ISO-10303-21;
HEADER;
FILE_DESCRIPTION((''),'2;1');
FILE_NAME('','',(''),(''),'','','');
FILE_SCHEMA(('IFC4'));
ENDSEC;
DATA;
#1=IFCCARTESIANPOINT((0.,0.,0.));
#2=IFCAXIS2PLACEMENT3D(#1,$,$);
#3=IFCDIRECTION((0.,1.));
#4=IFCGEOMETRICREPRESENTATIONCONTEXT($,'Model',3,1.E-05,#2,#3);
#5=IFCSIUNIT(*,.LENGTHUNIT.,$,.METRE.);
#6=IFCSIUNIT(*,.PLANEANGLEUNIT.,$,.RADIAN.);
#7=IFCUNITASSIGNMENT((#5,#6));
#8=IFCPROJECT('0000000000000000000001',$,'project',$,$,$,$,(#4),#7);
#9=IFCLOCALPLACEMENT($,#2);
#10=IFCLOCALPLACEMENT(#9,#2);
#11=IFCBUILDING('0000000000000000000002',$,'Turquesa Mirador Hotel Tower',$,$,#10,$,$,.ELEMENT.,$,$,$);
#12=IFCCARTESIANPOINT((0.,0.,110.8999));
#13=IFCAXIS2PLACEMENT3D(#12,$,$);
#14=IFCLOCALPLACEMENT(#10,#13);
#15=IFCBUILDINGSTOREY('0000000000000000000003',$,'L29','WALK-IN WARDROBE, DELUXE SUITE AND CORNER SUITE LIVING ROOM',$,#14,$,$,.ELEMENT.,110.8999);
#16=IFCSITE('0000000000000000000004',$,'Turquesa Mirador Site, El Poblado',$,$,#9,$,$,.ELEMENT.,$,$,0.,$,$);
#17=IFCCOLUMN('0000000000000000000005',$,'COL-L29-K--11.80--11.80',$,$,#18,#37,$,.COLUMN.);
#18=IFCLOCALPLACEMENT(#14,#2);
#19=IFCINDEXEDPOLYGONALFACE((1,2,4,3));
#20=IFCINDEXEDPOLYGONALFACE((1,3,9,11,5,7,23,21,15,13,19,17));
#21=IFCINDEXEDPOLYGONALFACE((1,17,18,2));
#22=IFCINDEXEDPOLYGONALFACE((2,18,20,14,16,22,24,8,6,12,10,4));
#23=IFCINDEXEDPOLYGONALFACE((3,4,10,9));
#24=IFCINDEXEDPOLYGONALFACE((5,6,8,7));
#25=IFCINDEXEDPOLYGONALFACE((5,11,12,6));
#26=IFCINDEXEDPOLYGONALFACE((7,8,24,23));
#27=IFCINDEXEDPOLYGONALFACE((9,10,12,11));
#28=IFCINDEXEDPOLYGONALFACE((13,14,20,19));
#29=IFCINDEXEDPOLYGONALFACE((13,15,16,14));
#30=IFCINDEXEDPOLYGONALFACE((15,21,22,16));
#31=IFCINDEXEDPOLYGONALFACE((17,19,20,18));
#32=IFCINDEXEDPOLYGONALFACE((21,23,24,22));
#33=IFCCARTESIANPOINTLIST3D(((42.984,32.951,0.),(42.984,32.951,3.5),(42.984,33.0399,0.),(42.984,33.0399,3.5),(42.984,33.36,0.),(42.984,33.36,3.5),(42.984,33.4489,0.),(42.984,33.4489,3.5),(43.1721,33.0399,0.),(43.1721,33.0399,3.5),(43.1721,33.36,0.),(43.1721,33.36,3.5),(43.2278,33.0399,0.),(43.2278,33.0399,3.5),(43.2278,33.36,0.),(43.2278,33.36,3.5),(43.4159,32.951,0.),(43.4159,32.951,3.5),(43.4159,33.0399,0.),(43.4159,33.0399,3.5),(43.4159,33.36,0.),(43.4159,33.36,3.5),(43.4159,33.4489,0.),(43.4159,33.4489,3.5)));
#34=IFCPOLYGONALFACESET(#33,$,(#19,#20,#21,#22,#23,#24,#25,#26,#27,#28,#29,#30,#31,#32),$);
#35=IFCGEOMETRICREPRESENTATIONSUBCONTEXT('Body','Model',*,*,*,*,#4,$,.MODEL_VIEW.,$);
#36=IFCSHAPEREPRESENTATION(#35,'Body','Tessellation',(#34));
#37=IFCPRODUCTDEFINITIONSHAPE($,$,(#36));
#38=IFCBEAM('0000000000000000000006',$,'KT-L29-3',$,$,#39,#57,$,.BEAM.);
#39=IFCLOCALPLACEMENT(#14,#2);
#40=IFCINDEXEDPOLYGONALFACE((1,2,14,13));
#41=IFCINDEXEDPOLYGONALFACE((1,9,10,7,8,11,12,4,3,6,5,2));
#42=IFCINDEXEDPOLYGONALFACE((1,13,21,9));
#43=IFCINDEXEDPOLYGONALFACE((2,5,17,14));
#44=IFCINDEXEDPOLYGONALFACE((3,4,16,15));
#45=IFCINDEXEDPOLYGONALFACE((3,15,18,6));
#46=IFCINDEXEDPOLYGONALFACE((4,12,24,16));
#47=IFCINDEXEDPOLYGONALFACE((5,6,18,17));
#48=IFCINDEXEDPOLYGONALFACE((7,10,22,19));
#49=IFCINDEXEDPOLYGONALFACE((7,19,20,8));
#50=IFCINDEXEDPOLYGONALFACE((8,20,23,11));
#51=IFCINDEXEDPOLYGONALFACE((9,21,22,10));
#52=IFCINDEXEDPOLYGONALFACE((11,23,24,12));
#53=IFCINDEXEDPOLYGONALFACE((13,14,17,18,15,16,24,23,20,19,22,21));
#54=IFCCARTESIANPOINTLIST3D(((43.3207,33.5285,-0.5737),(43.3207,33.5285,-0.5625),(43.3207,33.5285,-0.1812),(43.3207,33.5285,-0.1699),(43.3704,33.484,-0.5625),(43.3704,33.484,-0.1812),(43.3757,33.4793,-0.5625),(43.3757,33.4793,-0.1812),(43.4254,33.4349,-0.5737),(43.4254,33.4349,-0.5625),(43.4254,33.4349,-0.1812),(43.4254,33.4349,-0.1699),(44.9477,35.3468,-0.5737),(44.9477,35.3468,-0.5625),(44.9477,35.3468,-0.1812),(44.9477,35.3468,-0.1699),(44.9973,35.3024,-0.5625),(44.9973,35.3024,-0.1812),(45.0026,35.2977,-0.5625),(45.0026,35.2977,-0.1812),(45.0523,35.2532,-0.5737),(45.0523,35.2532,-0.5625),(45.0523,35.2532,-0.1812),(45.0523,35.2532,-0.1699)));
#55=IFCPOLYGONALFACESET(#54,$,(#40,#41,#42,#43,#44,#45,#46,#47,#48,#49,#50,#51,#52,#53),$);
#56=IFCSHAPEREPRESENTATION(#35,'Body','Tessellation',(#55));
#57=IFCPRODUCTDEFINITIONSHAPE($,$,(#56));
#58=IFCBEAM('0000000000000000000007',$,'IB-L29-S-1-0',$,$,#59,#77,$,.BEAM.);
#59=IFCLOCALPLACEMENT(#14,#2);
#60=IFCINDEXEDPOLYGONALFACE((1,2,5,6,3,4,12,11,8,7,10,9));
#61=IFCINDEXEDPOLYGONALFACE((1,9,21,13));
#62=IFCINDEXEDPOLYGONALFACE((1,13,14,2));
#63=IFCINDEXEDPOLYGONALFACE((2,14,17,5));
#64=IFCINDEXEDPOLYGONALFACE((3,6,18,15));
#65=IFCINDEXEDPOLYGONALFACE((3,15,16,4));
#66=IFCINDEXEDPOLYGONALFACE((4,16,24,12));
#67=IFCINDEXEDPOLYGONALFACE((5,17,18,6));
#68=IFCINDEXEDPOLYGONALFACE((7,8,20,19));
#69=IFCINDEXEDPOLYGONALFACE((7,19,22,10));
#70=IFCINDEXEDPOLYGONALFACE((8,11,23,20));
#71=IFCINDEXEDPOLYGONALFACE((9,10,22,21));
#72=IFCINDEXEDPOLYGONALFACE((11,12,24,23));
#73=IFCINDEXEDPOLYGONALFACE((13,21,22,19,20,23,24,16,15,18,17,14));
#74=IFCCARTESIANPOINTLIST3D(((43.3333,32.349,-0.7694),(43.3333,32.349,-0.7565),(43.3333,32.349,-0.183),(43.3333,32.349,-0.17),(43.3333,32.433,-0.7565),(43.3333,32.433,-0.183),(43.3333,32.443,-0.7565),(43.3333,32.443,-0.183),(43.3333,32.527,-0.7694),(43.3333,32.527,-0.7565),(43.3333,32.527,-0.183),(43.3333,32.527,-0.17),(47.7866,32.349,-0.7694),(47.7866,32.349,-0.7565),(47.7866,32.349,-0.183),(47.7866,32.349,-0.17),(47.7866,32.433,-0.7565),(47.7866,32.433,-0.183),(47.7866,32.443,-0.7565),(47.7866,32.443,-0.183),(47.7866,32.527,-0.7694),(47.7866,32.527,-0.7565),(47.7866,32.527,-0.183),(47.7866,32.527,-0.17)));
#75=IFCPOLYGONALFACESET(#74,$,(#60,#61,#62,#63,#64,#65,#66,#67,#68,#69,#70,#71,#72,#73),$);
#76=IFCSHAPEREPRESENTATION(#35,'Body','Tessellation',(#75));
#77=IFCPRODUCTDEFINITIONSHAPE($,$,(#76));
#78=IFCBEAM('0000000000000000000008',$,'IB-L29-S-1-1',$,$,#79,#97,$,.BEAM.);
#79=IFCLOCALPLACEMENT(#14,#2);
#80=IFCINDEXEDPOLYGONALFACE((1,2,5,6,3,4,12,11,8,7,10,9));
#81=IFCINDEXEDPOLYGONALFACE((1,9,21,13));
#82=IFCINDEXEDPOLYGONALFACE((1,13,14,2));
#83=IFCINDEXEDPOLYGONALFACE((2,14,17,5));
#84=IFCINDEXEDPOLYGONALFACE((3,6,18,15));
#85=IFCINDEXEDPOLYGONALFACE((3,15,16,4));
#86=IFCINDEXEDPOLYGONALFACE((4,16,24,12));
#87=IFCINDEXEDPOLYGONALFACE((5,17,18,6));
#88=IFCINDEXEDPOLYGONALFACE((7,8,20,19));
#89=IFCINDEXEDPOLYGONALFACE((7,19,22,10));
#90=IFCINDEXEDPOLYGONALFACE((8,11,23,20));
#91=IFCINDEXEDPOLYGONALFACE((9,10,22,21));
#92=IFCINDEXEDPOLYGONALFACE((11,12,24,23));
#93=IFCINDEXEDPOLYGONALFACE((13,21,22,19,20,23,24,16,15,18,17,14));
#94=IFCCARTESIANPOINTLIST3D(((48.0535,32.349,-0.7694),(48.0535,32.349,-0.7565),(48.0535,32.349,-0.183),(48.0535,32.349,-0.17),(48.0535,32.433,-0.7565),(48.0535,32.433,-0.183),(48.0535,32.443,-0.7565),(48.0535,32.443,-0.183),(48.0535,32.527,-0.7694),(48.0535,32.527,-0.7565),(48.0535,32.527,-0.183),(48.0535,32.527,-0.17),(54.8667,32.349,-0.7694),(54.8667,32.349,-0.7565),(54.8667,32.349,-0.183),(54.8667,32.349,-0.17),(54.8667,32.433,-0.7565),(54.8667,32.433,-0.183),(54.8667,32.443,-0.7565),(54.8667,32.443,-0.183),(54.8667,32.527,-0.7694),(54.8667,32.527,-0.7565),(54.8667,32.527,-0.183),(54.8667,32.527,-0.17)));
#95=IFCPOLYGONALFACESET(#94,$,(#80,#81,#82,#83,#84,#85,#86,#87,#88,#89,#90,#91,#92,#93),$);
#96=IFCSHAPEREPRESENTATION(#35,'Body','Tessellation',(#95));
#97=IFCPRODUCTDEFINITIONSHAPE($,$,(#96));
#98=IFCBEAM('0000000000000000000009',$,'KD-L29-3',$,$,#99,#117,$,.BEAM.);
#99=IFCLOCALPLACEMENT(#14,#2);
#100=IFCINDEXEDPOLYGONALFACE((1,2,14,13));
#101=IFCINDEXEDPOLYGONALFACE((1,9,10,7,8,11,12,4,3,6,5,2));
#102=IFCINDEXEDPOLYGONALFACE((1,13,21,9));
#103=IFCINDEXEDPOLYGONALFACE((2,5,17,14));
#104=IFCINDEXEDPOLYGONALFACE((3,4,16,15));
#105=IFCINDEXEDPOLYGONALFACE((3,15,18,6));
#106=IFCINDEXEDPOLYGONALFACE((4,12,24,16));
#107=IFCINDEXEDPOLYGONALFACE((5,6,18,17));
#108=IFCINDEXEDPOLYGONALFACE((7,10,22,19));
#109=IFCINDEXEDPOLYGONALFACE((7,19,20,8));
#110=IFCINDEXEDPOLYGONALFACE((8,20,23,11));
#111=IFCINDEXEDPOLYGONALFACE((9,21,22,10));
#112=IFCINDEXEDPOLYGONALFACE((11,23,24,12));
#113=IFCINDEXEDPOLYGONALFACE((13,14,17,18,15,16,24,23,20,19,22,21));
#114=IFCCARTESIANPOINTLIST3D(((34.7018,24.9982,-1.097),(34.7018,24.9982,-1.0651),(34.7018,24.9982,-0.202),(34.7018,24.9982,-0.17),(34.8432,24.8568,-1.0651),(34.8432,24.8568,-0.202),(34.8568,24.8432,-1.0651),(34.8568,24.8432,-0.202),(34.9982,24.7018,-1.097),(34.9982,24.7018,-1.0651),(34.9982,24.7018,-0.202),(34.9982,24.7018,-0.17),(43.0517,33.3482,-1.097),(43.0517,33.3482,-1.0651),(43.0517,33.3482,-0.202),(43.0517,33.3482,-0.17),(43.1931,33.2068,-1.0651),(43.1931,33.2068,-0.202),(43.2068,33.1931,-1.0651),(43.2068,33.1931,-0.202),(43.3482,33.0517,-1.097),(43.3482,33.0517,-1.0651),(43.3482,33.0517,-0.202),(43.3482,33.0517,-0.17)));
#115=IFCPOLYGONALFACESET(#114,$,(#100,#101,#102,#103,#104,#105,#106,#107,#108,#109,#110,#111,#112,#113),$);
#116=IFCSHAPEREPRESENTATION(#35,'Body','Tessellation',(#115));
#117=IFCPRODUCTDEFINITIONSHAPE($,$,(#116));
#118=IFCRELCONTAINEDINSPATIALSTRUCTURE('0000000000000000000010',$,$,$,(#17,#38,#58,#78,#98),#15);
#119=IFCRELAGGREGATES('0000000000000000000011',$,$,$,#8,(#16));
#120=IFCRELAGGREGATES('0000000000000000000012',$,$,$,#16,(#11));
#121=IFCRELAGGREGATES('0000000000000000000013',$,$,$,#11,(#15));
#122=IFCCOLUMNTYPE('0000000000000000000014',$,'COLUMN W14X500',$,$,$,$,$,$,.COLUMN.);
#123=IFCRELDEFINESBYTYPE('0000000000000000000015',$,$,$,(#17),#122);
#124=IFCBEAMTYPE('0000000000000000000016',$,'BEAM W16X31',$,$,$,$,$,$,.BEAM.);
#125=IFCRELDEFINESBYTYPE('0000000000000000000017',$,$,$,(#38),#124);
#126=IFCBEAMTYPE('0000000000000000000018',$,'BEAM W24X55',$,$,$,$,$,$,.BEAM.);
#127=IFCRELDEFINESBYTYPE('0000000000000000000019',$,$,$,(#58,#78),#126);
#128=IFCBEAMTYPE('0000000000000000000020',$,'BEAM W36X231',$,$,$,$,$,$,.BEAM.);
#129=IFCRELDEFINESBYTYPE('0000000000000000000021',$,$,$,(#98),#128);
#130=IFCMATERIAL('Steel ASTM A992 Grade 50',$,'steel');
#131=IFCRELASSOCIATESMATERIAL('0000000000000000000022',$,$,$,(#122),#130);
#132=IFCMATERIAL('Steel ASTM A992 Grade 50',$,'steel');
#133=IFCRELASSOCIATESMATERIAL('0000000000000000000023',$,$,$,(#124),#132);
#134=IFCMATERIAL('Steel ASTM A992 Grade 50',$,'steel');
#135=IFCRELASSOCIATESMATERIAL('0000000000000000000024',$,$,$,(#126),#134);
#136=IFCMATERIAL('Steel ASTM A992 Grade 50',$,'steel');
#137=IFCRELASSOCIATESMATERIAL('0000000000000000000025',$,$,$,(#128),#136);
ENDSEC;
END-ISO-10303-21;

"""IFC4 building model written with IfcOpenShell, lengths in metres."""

from ifc_helpers import new_model, si_unit, direction, frame, origin, origin_2d, place, context, subcontext, project, spatial, i_section, extrude, material, material_profile, profile_set, type_object, element, save


model = new_model("IFC4")

# Units and contexts
model_context = context("Model", 3, precision=1e-05, world=origin(), true_north=direction((0.0, 1.0)))
body_context = subcontext(model_context, "Body", "Model", "MODEL_VIEW")
ifc_project = project(units=[si_unit("LENGTHUNIT", "METRE"), si_unit("PLANEANGLEUNIT", "RADIAN")], contexts=[model_context])

# Site, building, storey
site_placement = place(None, origin())
site = spatial("IfcSite", under=ifc_project, at=site_placement, Name="Turquesa Mirador Site, El Poblado", CompositionType="ELEMENT", RefElevation=0.0)
building_placement = place(site_placement, origin())
building = spatial("IfcBuilding", under=site, at=building_placement, Name="Turquesa Mirador Hotel Tower", CompositionType="ELEMENT")
storey_placement = place(building_placement, frame((0.0, 0.0, 110.8999)))
storey = spatial("IfcBuildingStorey", under=building, at=storey_placement, Name="L29", Description="WALK-IN WARDROBE, DELUXE SUITE AND CORNER SUITE LIVING ROOM", CompositionType="ELEMENT", Elevation=110.8999)

# Column
ifc_material_1 = material(Name="Steel ASTM A992 Grade 50", Category="steel")
ifc_material_profile_1 = material_profile(ifc_material_1, i_section(OverallWidth=0.4319, OverallDepth=0.4978, WebThickness=0.0557, FlangeThickness=0.0889, at=origin_2d()), Name="W14X500")
ifc_profile_set_1 = profile_set([ifc_material_profile_1], Name="Steel ASTM A992 Grade 50")
column_type = type_object("IfcColumnType", Name="COLUMN W14X500", PredefinedType="COLUMN", material=ifc_profile_set_1)
column_placement = place(storey_placement, frame((43.2, 33.2, 0.0), z_axis=(0.0, 0.0, 1.0), x_axis=(1.0, 0.0, 0.0)))
element("IfcColumn", 1, at=column_placement, inside=storey, type_object=column_type, Name="COL-L29-K--11.80--11.80", PredefinedType="COLUMN", context=body_context, shape_type="SweptSolid", body=[
    extrude(i_section(OverallWidth=0.4319, OverallDepth=0.4978, WebThickness=0.0557, FlangeThickness=0.0889, at=origin_2d()), origin(), (0.0, 0.0, 1.0), 3.5),
])

# Beams
ifc_material_2 = material(Name="Steel ASTM A992 Grade 50", Category="steel")
ifc_material_profile_2 = material_profile(ifc_material_2, i_section(OverallWidth=0.1404, OverallDepth=0.4038, WebThickness=0.0071, FlangeThickness=0.0112, at=origin_2d()), Name="W16X31")
ifc_profile_set_2 = profile_set([ifc_material_profile_2], Name="Steel ASTM A992 Grade 50")
beam_type_1 = type_object("IfcBeamType", Name="BEAM W16X31", PredefinedType="BEAM", material=ifc_profile_set_2)
beam_1_placement = place(storey_placement, frame((43.373, 33.4817, -0.3718), z_axis=(0.666795, 0.745241, 0.0), x_axis=(-0.745241, 0.666795, 0.0)))
element("IfcBeam", 2, at=beam_1_placement, inside=storey, type_object=beam_type_1, Name="KT-L29-3", PredefinedType="BEAM", context=body_context, shape_type="SweptSolid", body=[
    extrude(i_section(OverallWidth=0.1404, OverallDepth=0.4038, WebThickness=0.0071, FlangeThickness=0.0112, at=origin_2d()), origin(), (0.0, 0.0, 1.0), 2.4399),
])
ifc_material_3 = material(Name="Steel ASTM A992 Grade 50", Category="steel")
ifc_material_profile_3 = material_profile(ifc_material_3, i_section(OverallWidth=0.178, OverallDepth=0.5994, WebThickness=0.01, FlangeThickness=0.0129, at=origin_2d()), Name="W24X55")
ifc_profile_set_3 = profile_set([ifc_material_profile_3], Name="Steel ASTM A992 Grade 50")
beam_type_2 = type_object("IfcBeamType", Name="BEAM W24X55", PredefinedType="BEAM", material=ifc_profile_set_3)
beam_2_placement = place(storey_placement, frame((43.3333, 32.438, -0.4697), z_axis=(1.0, 0.0, 0.0), x_axis=(0.0, 1.0, 0.0)))
element("IfcBeam", 3, at=beam_2_placement, inside=storey, type_object=beam_type_2, Name="IB-L29-S-1-0", PredefinedType="BEAM", context=body_context, shape_type="SweptSolid", body=[
    extrude(i_section(OverallWidth=0.178, OverallDepth=0.5994, WebThickness=0.01, FlangeThickness=0.0129, at=origin_2d()), origin(), (0.0, 0.0, 1.0), 4.4534),
])
beam_3_placement = place(storey_placement, frame((48.0535, 32.438, -0.4697), z_axis=(1.0, 0.0, 0.0), x_axis=(0.0, 1.0, 0.0)))
element("IfcBeam", 4, at=beam_3_placement, inside=storey, type_object=beam_type_2, Name="IB-L29-S-1-1", PredefinedType="BEAM", context=body_context, shape_type="SweptSolid", body=[
    extrude(i_section(OverallWidth=0.178, OverallDepth=0.5994, WebThickness=0.01, FlangeThickness=0.0129, at=origin_2d()), origin(), (0.0, 0.0, 1.0), 6.8132),
])
ifc_material_4 = material(Name="Steel ASTM A992 Grade 50", Category="steel")
ifc_material_profile_4 = material_profile(ifc_material_4, i_section(OverallWidth=0.4192, OverallDepth=0.927, WebThickness=0.0193, FlangeThickness=0.032, at=origin_2d()), Name="W36X231")
ifc_profile_set_4 = profile_set([ifc_material_profile_4], Name="Steel ASTM A992 Grade 50")
beam_type_3 = type_object("IfcBeamType", Name="BEAM W36X231", PredefinedType="BEAM", material=ifc_profile_set_4)
beam_4_placement = place(storey_placement, frame((43.2, 33.2, -0.6335), z_axis=(-0.707107, -0.707107, 0.0), x_axis=(0.707107, -0.707107, 0.0)))
element("IfcBeam", 5, at=beam_4_placement, inside=storey, type_object=beam_type_3, Name="KD-L29-3", PredefinedType="BEAM", context=body_context, shape_type="SweptSolid", body=[
    extrude(i_section(OverallWidth=0.4192, OverallDepth=0.927, WebThickness=0.0193, FlangeThickness=0.032, at=origin_2d()), origin(), (0.0, 0.0, 1.0), 11.8086),
])

save(model, "model.ifc")
